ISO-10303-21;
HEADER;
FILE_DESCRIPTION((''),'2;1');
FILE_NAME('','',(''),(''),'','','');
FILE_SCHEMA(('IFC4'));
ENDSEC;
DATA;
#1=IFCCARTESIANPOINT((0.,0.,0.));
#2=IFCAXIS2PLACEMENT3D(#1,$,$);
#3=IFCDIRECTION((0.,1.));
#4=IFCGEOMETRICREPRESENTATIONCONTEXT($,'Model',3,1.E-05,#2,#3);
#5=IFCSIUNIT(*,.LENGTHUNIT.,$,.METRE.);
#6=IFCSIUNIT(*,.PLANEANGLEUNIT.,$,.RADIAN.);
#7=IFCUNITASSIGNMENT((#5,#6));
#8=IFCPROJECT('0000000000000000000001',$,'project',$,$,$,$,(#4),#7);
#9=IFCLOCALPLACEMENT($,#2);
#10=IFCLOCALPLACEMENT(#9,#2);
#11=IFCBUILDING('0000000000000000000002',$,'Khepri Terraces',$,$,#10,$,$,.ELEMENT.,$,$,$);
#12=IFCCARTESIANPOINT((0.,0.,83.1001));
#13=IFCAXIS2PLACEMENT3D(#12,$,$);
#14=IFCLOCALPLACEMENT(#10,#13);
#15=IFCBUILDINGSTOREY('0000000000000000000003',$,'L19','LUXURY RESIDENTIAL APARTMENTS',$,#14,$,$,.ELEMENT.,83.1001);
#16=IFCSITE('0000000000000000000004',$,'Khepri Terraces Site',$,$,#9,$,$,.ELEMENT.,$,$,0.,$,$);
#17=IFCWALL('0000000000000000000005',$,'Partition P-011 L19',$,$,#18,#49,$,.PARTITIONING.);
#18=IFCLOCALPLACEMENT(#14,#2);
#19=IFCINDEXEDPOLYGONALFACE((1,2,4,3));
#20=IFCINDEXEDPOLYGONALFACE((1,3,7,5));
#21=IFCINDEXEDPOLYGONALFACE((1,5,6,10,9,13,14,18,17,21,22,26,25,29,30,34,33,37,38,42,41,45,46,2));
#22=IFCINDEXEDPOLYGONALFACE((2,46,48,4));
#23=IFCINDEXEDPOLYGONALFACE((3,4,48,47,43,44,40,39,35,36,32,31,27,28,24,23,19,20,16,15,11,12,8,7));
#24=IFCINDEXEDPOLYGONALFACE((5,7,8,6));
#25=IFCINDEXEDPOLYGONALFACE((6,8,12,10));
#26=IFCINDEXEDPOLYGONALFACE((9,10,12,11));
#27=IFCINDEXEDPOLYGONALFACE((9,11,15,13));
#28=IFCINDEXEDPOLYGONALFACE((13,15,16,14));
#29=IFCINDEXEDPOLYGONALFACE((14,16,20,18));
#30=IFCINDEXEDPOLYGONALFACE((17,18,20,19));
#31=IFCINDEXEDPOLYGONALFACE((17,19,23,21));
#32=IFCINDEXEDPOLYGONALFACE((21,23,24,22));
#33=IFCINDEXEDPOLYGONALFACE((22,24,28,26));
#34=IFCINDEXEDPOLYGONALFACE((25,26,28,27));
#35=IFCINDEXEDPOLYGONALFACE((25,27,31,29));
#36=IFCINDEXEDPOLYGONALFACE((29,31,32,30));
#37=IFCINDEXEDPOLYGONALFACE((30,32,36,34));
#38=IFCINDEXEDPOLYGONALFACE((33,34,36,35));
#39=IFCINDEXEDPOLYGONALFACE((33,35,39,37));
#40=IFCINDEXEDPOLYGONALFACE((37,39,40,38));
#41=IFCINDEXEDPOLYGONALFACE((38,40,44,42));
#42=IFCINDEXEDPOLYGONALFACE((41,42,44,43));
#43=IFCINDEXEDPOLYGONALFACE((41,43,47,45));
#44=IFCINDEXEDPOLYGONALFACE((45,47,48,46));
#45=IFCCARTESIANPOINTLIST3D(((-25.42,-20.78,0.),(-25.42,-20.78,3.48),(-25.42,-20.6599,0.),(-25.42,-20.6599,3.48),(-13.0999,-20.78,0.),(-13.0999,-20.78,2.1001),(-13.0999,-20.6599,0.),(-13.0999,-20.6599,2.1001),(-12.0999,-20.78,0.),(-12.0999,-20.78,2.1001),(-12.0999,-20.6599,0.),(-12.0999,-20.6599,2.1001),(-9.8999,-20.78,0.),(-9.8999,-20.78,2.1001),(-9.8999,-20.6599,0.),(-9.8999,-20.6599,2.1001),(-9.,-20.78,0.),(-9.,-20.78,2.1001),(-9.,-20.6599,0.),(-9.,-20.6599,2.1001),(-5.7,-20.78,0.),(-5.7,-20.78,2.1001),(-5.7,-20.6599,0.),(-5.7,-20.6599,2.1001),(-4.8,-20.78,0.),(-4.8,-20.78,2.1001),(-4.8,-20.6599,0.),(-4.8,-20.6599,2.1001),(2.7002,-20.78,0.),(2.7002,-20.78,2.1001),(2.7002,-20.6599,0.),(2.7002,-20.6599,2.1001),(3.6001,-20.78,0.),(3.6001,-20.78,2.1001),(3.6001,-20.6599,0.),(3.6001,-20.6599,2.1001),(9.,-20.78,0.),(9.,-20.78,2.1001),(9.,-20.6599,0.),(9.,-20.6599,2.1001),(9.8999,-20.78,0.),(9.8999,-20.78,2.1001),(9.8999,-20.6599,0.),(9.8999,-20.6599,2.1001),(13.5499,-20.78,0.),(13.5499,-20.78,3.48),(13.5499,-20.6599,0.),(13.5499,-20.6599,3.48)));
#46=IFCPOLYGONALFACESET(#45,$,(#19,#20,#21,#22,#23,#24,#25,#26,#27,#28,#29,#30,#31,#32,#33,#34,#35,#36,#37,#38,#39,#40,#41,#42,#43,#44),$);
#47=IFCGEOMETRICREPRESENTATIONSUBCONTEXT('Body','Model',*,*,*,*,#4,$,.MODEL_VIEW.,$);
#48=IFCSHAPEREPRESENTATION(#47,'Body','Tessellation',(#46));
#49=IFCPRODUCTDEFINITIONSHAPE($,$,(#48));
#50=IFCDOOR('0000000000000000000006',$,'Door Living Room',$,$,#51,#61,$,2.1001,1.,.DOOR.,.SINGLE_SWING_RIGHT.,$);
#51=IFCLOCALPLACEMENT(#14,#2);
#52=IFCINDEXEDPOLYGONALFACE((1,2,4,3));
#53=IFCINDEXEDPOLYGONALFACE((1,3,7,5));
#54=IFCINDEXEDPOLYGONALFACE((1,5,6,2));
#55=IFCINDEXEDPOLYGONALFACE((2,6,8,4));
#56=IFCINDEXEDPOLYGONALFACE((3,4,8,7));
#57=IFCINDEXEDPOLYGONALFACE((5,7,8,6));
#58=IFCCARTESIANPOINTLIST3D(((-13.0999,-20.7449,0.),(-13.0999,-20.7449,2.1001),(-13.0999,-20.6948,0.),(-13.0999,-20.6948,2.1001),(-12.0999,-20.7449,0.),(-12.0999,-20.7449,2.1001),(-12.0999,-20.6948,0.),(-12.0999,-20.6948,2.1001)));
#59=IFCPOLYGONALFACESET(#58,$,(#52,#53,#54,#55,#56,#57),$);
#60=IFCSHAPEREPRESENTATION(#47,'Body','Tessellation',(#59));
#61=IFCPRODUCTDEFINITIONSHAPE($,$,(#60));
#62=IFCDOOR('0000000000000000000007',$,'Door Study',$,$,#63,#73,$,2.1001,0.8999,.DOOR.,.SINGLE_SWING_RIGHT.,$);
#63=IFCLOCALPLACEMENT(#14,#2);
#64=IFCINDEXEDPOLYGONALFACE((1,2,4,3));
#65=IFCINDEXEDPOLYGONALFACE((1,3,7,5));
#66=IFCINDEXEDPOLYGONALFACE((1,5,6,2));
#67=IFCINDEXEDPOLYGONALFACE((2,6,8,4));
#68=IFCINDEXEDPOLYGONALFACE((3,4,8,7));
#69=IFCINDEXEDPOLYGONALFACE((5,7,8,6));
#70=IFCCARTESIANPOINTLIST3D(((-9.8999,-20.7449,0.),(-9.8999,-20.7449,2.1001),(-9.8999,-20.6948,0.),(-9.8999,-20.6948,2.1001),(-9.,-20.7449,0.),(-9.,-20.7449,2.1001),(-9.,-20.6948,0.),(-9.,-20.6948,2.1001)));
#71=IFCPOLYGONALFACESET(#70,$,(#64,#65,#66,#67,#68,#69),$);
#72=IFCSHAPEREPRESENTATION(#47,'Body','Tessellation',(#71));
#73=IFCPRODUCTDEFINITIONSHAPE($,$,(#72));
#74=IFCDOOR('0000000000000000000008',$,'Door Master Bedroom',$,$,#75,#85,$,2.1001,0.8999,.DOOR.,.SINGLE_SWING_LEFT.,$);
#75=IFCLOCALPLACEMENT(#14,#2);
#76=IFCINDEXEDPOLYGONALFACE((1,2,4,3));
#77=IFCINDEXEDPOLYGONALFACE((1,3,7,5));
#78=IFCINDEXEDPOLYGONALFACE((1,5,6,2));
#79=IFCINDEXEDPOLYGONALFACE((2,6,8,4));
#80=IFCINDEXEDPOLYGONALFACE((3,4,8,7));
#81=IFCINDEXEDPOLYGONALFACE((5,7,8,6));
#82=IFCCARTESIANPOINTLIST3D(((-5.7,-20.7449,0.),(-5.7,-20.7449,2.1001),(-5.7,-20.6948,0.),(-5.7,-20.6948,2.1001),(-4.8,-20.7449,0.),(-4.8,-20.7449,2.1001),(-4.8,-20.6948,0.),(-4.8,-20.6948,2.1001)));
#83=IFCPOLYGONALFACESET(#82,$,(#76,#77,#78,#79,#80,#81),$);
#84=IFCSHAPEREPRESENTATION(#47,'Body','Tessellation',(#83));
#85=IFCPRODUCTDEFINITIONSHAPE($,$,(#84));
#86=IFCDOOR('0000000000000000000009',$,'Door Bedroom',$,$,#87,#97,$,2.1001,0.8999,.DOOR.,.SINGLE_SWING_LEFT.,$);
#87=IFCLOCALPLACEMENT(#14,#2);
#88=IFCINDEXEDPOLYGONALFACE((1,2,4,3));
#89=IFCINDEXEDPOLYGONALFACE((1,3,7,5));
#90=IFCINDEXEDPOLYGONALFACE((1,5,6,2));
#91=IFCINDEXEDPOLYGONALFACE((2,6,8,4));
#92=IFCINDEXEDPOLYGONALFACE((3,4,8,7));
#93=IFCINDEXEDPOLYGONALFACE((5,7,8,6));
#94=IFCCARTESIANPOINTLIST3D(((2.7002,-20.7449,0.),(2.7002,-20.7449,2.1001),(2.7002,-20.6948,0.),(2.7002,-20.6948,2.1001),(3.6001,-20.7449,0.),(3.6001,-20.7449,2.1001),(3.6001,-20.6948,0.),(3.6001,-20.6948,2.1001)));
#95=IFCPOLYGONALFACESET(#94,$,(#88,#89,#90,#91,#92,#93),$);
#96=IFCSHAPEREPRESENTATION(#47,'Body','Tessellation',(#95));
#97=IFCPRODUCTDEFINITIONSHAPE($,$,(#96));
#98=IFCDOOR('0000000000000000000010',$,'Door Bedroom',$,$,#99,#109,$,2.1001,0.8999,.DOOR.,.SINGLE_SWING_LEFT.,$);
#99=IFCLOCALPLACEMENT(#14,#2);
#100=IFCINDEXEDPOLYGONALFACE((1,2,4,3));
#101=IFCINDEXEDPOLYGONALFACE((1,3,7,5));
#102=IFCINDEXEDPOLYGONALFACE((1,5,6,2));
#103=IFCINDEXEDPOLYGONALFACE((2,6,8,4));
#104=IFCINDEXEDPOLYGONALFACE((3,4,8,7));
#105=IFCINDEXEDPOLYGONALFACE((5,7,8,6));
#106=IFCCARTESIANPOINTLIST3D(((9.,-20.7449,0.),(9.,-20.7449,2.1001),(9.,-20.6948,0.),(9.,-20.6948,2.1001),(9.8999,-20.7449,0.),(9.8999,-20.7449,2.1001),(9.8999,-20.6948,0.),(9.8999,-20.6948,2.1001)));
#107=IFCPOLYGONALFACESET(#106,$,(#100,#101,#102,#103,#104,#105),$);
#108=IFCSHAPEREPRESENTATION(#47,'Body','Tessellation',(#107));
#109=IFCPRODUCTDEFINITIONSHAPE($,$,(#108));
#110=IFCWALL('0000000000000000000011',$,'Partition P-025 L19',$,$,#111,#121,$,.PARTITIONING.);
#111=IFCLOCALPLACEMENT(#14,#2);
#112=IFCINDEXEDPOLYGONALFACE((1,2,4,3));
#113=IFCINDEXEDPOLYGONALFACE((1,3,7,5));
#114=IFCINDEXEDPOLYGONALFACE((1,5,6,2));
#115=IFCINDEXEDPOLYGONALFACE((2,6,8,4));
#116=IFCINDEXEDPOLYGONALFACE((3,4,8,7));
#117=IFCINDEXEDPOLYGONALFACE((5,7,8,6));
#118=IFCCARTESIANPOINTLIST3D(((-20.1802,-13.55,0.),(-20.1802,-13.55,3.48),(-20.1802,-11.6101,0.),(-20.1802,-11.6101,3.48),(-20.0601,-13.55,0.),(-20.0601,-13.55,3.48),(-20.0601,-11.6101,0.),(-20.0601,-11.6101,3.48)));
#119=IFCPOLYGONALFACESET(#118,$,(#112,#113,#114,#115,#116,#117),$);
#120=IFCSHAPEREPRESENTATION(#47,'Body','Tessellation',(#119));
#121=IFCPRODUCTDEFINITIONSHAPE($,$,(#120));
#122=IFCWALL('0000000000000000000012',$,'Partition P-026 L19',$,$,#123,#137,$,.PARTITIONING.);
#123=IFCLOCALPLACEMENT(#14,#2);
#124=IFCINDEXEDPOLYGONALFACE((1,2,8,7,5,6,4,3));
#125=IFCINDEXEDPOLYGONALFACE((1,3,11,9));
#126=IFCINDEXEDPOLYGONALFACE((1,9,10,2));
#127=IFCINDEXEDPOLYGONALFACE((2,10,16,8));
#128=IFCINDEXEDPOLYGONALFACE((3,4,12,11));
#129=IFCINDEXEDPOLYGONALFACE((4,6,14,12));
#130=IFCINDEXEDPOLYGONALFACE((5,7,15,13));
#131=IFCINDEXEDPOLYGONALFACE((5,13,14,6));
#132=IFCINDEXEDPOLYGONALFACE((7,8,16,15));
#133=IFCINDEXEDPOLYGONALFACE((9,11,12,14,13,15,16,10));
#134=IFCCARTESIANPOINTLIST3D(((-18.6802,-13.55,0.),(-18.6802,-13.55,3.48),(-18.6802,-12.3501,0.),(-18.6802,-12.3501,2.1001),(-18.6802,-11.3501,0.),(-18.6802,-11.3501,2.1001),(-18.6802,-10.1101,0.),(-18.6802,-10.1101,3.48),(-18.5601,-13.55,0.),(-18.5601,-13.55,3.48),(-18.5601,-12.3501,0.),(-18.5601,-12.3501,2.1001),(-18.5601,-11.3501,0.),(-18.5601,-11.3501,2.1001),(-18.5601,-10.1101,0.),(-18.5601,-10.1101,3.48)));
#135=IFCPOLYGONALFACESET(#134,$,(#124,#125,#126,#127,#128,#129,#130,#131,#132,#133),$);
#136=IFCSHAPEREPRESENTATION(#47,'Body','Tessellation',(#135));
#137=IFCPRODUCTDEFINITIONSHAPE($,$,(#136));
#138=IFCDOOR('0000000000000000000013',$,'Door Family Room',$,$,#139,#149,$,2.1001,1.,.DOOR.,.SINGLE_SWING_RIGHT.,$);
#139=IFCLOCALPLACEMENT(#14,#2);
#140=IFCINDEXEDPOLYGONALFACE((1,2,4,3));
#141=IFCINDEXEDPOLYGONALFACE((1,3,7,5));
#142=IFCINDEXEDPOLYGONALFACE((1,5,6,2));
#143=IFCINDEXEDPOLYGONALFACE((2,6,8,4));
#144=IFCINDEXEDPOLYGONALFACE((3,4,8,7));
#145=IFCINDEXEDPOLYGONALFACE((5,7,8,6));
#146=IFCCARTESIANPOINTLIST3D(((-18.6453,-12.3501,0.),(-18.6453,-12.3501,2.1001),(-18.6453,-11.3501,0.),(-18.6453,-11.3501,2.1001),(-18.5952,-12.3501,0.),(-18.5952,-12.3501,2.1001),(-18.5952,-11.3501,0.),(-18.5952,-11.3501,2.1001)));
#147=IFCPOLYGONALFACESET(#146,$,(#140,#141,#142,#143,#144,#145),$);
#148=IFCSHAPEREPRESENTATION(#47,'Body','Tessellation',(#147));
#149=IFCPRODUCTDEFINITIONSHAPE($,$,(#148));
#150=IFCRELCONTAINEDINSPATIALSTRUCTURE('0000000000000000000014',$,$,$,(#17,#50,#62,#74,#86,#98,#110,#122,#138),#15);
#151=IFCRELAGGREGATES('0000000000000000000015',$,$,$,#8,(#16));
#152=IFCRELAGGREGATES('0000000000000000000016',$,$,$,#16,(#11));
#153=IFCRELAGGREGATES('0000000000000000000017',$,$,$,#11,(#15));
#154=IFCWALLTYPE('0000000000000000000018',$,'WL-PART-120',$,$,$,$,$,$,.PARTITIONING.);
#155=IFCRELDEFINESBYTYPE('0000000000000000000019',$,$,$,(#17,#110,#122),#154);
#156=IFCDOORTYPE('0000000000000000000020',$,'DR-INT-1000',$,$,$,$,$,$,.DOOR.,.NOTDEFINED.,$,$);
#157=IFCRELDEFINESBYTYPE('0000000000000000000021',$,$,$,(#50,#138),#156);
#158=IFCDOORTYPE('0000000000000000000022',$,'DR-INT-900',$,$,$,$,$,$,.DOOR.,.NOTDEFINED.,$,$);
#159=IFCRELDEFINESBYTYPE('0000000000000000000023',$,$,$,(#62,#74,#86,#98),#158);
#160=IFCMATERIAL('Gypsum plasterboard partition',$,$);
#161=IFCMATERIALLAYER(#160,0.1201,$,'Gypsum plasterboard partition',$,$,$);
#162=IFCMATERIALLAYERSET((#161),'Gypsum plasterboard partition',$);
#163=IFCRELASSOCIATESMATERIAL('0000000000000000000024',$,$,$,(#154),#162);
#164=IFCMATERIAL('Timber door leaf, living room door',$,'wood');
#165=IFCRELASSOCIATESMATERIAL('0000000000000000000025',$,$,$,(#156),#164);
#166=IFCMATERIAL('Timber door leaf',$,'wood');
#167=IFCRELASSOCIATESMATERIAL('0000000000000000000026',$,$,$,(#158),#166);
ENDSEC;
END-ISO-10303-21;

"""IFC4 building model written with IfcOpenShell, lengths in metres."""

from ifc_helpers import new_model, si_unit, direction, frame, frame_2d, origin, place, context, subcontext, project, spatial, rectangle, extrude, material, layer, layer_set, type_object, element, fill, save


model = new_model("IFC4")

# Units and contexts
model_context = context("Model", 3, precision=1e-05, world=origin(), true_north=direction((0.0, 1.0)))
body_context = subcontext(model_context, "Body", "Model", "MODEL_VIEW")
ifc_project = project(units=[si_unit("LENGTHUNIT", "METRE"), si_unit("PLANEANGLEUNIT", "RADIAN")], contexts=[model_context])

# Site, building, storey
site_placement = place(None, origin())
site = spatial("IfcSite", under=ifc_project, at=site_placement, Name="Khepri Terraces Site", CompositionType="ELEMENT", RefElevation=0.0)
building_placement = place(site_placement, origin())
building = spatial("IfcBuilding", under=site, at=building_placement, Name="Khepri Terraces", CompositionType="ELEMENT")
storey_placement = place(building_placement, frame((0.0, 0.0, 83.1001)))
storey = spatial("IfcBuildingStorey", under=building, at=storey_placement, Name="L19", Description="LUXURY RESIDENTIAL APARTMENTS", CompositionType="ELEMENT", Elevation=83.1001)

# Wall, openings, doors
ifc_material_1 = material(Name="Gypsum plasterboard partition")
ifc_layer_1 = layer(ifc_material_1, 0.1201, Name="Gypsum plasterboard partition")
ifc_layer_set_1 = layer_set([ifc_layer_1], Name="Gypsum plasterboard partition")
wall_type_1 = type_object("IfcWallType", Name="WL-PART-120", PredefinedType="PARTITIONING", material=ifc_layer_set_1)
wall_1_placement = place(storey_placement, frame((-25.4199, -20.72, 0.0), z_axis=(0.0, 0.0, 1.0), x_axis=(1.0, 0.0, 0.0)))
wall_1 = element("IfcWall", 1, at=wall_1_placement, inside=storey, type_object=wall_type_1, Name="Partition P-011 L19", PredefinedType="PARTITIONING", context=body_context, shape_type="SweptSolid", body=[
    extrude(rectangle(XDim=38.97, YDim=0.1201, at=frame_2d((19.4849, 0.0))), origin(), (0.0, 0.0, 1.0), 3.48),
])
opening_1_placement = place(wall_1_placement, frame((12.3201, 0.0, 0.0)))
opening_1 = element("IfcOpeningElement", 2, at=opening_1_placement, cuts=wall_1, PredefinedType="OPENING", context=body_context, shape_type="SweptSolid", body=[
    extrude(rectangle(XDim=1.0, YDim=2.1001, at=frame_2d((0.5, 1.05))), frame((0.0, 0.0701, 0.0), z_axis=(0.0, -1.0, 0.0), x_axis=(1.0, 0.0, 0.0)), (0.0, 0.0, 1.0), 0.1401),
])
opening_2_placement = place(wall_1_placement, frame((15.52, 0.0, 0.0)))
opening_2 = element("IfcOpeningElement", 3, at=opening_2_placement, cuts=wall_1, PredefinedType="OPENING", context=body_context, shape_type="SweptSolid", body=[
    extrude(rectangle(XDim=0.8999, YDim=2.1001, at=frame_2d((0.45, 1.05))), frame((0.0, 0.0701, 0.0), z_axis=(0.0, -1.0, 0.0), x_axis=(1.0, 0.0, 0.0)), (0.0, 0.0, 1.0), 0.1401),
])
opening_3_placement = place(wall_1_placement, frame((19.72, 0.0, 0.0)))
opening_3 = element("IfcOpeningElement", 4, at=opening_3_placement, cuts=wall_1, PredefinedType="OPENING", context=body_context, shape_type="SweptSolid", body=[
    extrude(rectangle(XDim=0.8999, YDim=2.1001, at=frame_2d((0.45, 1.05))), frame((0.0, 0.0701, 0.0), z_axis=(0.0, -1.0, 0.0), x_axis=(1.0, 0.0, 0.0)), (0.0, 0.0, 1.0), 0.1401),
])
opening_4_placement = place(wall_1_placement, frame((28.1201, 0.0, 0.0)))
opening_4 = element("IfcOpeningElement", 5, at=opening_4_placement, cuts=wall_1, PredefinedType="OPENING", context=body_context, shape_type="SweptSolid", body=[
    extrude(rectangle(XDim=0.8999, YDim=2.1001, at=frame_2d((0.45, 1.05))), frame((0.0, 0.0701, 0.0), z_axis=(0.0, -1.0, 0.0), x_axis=(1.0, 0.0, 0.0)), (0.0, 0.0, 1.0), 0.1401),
])
opening_5_placement = place(wall_1_placement, frame((34.4199, 0.0, 0.0)))
opening_5 = element("IfcOpeningElement", 6, at=opening_5_placement, cuts=wall_1, PredefinedType="OPENING", context=body_context, shape_type="SweptSolid", body=[
    extrude(rectangle(XDim=0.8999, YDim=2.1001, at=frame_2d((0.45, 1.05))), frame((0.0, 0.0701, 0.0), z_axis=(0.0, -1.0, 0.0), x_axis=(1.0, 0.0, 0.0)), (0.0, 0.0, 1.0), 0.1401),
])
ifc_material_2 = material(Name="Timber door leaf, living room door", Category="wood")
door_type_1 = type_object("IfcDoorType", Name="DR-INT-1000", OperationType="NOTDEFINED", PredefinedType="DOOR", material=ifc_material_2)
door_1_placement = place(opening_1_placement, frame((1.0, 0.0, 0.0), z_axis=(0.0, 0.0, 1.0), x_axis=(-1.0, 0.0, 0.0)))
door_1 = element("IfcDoor", 7, at=door_1_placement, inside=storey, type_object=door_type_1, Name="Door Living Room", OperationType="SINGLE_SWING_RIGHT", OverallHeight=2.1001, OverallWidth=1.0, PredefinedType="DOOR", context=body_context, shape_type="SweptSolid", body=[
    extrude(rectangle(XDim=1.0, YDim=2.1001, at=frame_2d((0.5, 1.05))), frame((0.0, 0.0249, 0.0), z_axis=(0.0, -1.0, 0.0), x_axis=(1.0, 0.0, 0.0)), (0.0, 0.0, 1.0), 0.05),
])
fill(opening_1, door_1)
ifc_material_3 = material(Name="Timber door leaf", Category="wood")
door_type_2 = type_object("IfcDoorType", Name="DR-INT-900", OperationType="NOTDEFINED", PredefinedType="DOOR", material=ifc_material_3)
door_2_placement = place(opening_2_placement, frame((0.8999, 0.0, 0.0), z_axis=(0.0, 0.0, 1.0), x_axis=(-1.0, 0.0, 0.0)))
door_2 = element("IfcDoor", 8, at=door_2_placement, inside=storey, type_object=door_type_2, Name="Door Study", OperationType="SINGLE_SWING_RIGHT", OverallHeight=2.1001, OverallWidth=0.8999, PredefinedType="DOOR", context=body_context, shape_type="SweptSolid", body=[
    extrude(rectangle(XDim=0.8999, YDim=2.1001, at=frame_2d((0.45, 1.05))), frame((0.0, 0.0249, 0.0), z_axis=(0.0, -1.0, 0.0), x_axis=(1.0, 0.0, 0.0)), (0.0, 0.0, 1.0), 0.05),
])
fill(opening_2, door_2)
door_3_placement = place(opening_3_placement, frame((0.8999, 0.0, 0.0), z_axis=(0.0, 0.0, 1.0), x_axis=(-1.0, 0.0, 0.0)))
door_3 = element("IfcDoor", 9, at=door_3_placement, inside=storey, type_object=door_type_2, Name="Door Master Bedroom", OperationType="SINGLE_SWING_LEFT", OverallHeight=2.1001, OverallWidth=0.8999, PredefinedType="DOOR", context=body_context, shape_type="SweptSolid", body=[
    extrude(rectangle(XDim=0.8999, YDim=2.1001, at=frame_2d((0.45, 1.05))), frame((0.0, 0.0249, 0.0), z_axis=(0.0, -1.0, 0.0), x_axis=(1.0, 0.0, 0.0)), (0.0, 0.0, 1.0), 0.05),
])
fill(opening_3, door_3)
door_4_placement = place(opening_4_placement, frame((0.8999, 0.0, 0.0), z_axis=(0.0, 0.0, 1.0), x_axis=(-1.0, 0.0, 0.0)))
door_4 = element("IfcDoor", 10, at=door_4_placement, inside=storey, type_object=door_type_2, Name="Door Bedroom", OperationType="SINGLE_SWING_LEFT", OverallHeight=2.1001, OverallWidth=0.8999, PredefinedType="DOOR", context=body_context, shape_type="SweptSolid", body=[
    extrude(rectangle(XDim=0.8999, YDim=2.1001, at=frame_2d((0.45, 1.05))), frame((0.0, 0.0249, 0.0), z_axis=(0.0, -1.0, 0.0), x_axis=(1.0, 0.0, 0.0)), (0.0, 0.0, 1.0), 0.05),
])
fill(opening_4, door_4)
door_5_placement = place(opening_5_placement, frame((0.8999, 0.0, 0.0), z_axis=(0.0, 0.0, 1.0), x_axis=(-1.0, 0.0, 0.0)))
door_5 = element("IfcDoor", 11, at=door_5_placement, inside=storey, type_object=door_type_2, Name="Door Bedroom", OperationType="SINGLE_SWING_LEFT", OverallHeight=2.1001, OverallWidth=0.8999, PredefinedType="DOOR", context=body_context, shape_type="SweptSolid", body=[
    extrude(rectangle(XDim=0.8999, YDim=2.1001, at=frame_2d((0.45, 1.05))), frame((0.0, 0.0249, 0.0), z_axis=(0.0, -1.0, 0.0), x_axis=(1.0, 0.0, 0.0)), (0.0, 0.0, 1.0), 0.05),
])
fill(opening_5, door_5)

# Wall
wall_2_placement = place(storey_placement, frame((-20.1201, -13.55, 0.0), z_axis=(0.0, 0.0, 1.0), x_axis=(0.0, 1.0, 0.0)))
element("IfcWall", 12, at=wall_2_placement, inside=storey, type_object=wall_type_1, Name="Partition P-025 L19", PredefinedType="PARTITIONING", context=body_context, shape_type="SweptSolid", body=[
    extrude(rectangle(XDim=1.9399, YDim=0.1201, at=frame_2d((0.97, 0.0))), origin(), (0.0, 0.0, 1.0), 3.48),
])

# Wall, opening, door
wall_3_placement = place(storey_placement, frame((-18.6201, -13.55, 0.0), z_axis=(0.0, 0.0, 1.0), x_axis=(0.0, 1.0, 0.0)))
wall_3 = element("IfcWall", 13, at=wall_3_placement, inside=storey, type_object=wall_type_1, Name="Partition P-026 L19", PredefinedType="PARTITIONING", context=body_context, shape_type="SweptSolid", body=[
    extrude(rectangle(XDim=3.4399, YDim=0.1201, at=frame_2d((1.72, 0.0))), origin(), (0.0, 0.0, 1.0), 3.48),
])
opening_6_placement = place(wall_3_placement, frame((1.2, 0.0, 0.0)))
opening_6 = element("IfcOpeningElement", 14, at=opening_6_placement, cuts=wall_3, PredefinedType="OPENING", context=body_context, shape_type="SweptSolid", body=[
    extrude(rectangle(XDim=1.0, YDim=2.1001, at=frame_2d((0.5, 1.05))), frame((0.0, 0.0701, 0.0), z_axis=(0.0, -1.0, 0.0), x_axis=(1.0, 0.0, 0.0)), (0.0, 0.0, 1.0), 0.1401),
])
door_6_placement = place(opening_6_placement, frame((1.0, 0.0, 0.0), z_axis=(0.0, 0.0, 1.0), x_axis=(-1.0, 0.0, 0.0)))
door_6 = element("IfcDoor", 15, at=door_6_placement, inside=storey, type_object=door_type_1, Name="Door Family Room", OperationType="SINGLE_SWING_RIGHT", OverallHeight=2.1001, OverallWidth=1.0, PredefinedType="DOOR", context=body_context, shape_type="SweptSolid", body=[
    extrude(rectangle(XDim=1.0, YDim=2.1001, at=frame_2d((0.5, 1.05))), frame((0.0, 0.0249, 0.0), z_axis=(0.0, -1.0, 0.0), x_axis=(1.0, 0.0, 0.0)), (0.0, 0.0, 1.0), 0.05),
])
fill(opening_6, door_6)

save(model, "model.ifc")
